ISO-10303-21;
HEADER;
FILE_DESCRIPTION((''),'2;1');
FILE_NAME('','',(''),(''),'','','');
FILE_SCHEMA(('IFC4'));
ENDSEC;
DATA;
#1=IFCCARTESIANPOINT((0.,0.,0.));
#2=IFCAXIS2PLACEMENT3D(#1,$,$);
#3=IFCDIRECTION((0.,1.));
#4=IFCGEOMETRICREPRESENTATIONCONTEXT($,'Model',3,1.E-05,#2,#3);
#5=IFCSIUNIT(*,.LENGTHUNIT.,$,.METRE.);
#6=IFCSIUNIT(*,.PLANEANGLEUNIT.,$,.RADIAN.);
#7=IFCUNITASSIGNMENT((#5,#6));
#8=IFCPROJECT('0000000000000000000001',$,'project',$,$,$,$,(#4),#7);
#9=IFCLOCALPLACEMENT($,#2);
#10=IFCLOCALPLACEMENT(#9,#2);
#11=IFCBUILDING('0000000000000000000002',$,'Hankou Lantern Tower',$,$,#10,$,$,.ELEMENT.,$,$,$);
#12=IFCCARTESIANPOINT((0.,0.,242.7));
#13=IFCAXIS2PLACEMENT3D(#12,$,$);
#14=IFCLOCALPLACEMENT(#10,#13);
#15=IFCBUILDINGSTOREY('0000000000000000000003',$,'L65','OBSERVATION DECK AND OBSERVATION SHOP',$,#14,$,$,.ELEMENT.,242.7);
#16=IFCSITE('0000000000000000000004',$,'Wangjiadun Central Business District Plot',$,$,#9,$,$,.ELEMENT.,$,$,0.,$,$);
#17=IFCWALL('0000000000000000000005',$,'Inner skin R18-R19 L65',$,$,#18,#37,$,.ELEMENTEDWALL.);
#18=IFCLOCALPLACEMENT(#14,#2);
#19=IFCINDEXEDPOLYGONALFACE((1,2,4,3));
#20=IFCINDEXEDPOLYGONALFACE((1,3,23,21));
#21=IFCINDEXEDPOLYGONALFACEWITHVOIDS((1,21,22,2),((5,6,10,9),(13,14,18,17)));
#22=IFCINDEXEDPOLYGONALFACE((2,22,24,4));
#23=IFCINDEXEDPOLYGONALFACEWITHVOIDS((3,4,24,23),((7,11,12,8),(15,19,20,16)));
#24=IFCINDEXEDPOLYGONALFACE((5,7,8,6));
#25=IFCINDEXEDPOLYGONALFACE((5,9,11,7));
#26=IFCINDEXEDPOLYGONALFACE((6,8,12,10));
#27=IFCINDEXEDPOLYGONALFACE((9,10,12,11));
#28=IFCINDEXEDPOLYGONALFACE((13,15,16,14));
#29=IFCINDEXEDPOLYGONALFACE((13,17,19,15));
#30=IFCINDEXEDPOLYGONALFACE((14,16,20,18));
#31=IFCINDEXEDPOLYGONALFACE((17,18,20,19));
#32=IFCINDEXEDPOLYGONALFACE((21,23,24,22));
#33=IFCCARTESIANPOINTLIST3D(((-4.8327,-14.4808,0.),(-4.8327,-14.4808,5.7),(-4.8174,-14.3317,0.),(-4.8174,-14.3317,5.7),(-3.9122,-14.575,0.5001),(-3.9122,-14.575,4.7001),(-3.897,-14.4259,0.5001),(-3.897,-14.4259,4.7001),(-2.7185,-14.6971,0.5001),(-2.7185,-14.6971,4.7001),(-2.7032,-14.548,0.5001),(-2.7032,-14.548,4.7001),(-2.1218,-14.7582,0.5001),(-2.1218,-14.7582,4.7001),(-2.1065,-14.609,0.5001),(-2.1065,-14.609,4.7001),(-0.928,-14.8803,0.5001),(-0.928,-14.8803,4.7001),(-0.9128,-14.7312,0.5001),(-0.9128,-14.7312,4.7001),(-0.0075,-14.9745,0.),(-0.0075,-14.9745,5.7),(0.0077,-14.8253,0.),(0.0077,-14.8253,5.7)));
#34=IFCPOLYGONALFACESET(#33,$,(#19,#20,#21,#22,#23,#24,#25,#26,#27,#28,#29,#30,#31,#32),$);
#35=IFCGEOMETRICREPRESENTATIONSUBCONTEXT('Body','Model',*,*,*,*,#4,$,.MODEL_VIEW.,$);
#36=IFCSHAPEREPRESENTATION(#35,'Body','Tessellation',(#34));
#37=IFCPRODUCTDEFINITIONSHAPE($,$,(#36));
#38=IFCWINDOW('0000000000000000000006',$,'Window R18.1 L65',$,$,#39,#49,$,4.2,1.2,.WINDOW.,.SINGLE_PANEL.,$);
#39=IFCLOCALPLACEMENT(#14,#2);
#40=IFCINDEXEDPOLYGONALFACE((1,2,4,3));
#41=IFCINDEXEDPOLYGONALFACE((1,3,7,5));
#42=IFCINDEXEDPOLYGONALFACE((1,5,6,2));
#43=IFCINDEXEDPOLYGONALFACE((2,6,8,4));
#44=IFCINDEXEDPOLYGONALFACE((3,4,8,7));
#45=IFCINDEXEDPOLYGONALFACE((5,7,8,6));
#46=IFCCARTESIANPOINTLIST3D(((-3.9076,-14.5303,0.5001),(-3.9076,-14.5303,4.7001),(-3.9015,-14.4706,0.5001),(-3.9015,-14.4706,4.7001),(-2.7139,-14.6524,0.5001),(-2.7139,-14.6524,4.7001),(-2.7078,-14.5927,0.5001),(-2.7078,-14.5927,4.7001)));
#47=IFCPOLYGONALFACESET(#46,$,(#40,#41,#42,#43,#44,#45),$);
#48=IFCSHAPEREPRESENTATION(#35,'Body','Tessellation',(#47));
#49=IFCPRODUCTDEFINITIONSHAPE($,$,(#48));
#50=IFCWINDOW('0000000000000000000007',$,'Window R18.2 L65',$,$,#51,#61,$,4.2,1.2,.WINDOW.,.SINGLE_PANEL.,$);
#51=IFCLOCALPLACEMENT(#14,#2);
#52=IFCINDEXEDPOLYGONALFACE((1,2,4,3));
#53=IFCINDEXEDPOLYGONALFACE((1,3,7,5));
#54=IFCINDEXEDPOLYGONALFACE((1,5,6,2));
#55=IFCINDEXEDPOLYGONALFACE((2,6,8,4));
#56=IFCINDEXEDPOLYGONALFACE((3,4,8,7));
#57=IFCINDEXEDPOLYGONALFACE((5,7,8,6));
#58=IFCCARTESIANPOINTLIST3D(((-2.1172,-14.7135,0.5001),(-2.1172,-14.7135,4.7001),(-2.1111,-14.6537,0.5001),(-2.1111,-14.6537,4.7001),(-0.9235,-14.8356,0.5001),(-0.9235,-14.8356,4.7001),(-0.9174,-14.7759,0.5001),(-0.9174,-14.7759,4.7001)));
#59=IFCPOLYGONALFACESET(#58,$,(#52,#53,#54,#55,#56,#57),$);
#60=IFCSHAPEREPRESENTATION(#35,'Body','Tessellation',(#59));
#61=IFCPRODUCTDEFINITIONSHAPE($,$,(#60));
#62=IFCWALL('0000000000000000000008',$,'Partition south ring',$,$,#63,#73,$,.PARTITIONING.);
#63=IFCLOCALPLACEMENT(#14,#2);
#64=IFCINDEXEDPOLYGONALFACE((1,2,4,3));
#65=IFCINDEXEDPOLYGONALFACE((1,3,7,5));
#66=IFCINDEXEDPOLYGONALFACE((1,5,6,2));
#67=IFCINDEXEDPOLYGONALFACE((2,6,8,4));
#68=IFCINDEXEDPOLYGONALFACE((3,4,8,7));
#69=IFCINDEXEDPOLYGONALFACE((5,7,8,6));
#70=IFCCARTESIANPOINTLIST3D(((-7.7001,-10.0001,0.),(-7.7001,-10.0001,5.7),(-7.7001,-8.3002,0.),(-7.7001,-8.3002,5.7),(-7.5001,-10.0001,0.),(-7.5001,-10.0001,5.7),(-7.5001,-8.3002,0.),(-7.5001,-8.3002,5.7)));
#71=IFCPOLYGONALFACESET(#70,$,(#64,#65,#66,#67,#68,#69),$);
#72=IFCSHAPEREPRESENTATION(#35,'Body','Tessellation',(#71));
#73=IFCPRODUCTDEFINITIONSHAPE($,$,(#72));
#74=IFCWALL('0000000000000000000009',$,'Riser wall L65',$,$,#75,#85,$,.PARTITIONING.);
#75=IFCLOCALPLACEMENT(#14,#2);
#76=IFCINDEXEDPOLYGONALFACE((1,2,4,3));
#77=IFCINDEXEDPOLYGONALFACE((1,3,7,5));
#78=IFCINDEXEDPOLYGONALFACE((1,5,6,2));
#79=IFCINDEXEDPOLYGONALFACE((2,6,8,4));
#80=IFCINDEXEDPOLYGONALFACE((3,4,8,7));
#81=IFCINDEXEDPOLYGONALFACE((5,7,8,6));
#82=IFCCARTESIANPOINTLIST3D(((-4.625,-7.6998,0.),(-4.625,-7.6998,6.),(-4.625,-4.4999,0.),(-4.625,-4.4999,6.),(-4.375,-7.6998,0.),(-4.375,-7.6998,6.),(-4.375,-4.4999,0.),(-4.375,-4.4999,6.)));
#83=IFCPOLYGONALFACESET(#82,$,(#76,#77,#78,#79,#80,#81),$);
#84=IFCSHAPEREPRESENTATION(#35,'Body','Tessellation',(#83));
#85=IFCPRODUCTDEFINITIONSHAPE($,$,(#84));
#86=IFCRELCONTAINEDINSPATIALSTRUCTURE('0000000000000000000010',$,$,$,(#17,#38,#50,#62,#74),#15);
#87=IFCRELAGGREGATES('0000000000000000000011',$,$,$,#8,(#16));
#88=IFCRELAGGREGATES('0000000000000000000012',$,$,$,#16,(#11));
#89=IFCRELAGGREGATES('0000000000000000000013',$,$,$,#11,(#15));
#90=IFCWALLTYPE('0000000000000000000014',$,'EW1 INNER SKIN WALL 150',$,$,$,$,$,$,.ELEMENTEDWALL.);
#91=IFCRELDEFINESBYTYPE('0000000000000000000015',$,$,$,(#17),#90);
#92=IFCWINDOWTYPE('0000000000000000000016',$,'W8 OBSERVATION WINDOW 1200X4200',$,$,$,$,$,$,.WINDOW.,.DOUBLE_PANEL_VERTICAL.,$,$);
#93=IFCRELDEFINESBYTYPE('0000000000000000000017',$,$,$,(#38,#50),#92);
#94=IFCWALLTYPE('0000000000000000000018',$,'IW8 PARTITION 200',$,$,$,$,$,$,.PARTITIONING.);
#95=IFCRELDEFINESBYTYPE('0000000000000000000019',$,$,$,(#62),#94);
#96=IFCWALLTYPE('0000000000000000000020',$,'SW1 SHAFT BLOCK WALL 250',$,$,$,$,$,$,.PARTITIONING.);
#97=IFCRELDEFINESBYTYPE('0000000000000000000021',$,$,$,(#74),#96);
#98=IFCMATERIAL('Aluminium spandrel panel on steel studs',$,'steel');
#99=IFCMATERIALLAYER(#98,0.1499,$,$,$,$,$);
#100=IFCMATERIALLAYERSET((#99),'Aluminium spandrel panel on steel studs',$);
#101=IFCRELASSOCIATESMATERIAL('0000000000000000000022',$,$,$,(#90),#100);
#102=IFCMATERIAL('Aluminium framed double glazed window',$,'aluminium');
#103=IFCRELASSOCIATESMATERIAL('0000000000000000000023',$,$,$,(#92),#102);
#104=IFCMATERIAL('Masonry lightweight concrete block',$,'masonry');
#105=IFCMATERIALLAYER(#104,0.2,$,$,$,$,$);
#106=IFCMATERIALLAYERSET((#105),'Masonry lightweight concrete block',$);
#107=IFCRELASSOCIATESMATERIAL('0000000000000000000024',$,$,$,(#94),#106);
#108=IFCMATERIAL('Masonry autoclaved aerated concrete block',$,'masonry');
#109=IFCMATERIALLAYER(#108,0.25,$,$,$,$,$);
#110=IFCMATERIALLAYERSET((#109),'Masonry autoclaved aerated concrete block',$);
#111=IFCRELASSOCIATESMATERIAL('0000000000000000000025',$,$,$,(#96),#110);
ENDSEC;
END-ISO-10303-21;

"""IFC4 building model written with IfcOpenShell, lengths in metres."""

from ifc_helpers import new_model, si_unit, direction, frame, frame_2d, origin, place, context, subcontext, project, spatial, rectangle, extrude, material, layer, layer_set, type_object, element, fill, save


model = new_model("IFC4")

# Units and contexts
model_context = context("Model", 3, precision=1e-05, world=origin(), true_north=direction((0.0, 1.0)))
body_context = subcontext(model_context, "Body", "Model", "MODEL_VIEW")
ifc_project = project(units=[si_unit("LENGTHUNIT", "METRE"), si_unit("PLANEANGLEUNIT", "RADIAN")], contexts=[model_context])

# Site, building, storey
site_placement = place(None, origin())
site = spatial("IfcSite", under=ifc_project, at=site_placement, Name="Wangjiadun Central Business District Plot", CompositionType="ELEMENT", RefElevation=0.0)
building_placement = place(site_placement, origin())
building = spatial("IfcBuilding", under=site, at=building_placement, Name="Hankou Lantern Tower", CompositionType="ELEMENT")
storey_placement = place(building_placement, frame((0.0, 0.0, 242.7)))
storey = spatial("IfcBuildingStorey", under=building, at=storey_placement, Name="L65", Description="OBSERVATION DECK AND OBSERVATION SHOP", CompositionType="ELEMENT", Elevation=242.7)

# Wall, openings, windows
ifc_material_1 = material(Name="Aluminium spandrel panel on steel studs", Category="steel")
ifc_layer_1 = layer(ifc_material_1, 0.1499)
ifc_layer_set_1 = layer_set([ifc_layer_1], Name="Aluminium spandrel panel on steel studs")
wall_type_1 = type_object("IfcWallType", Name="EW1 INNER SKIN WALL 150", PredefinedType="ELEMENTEDWALL", material=ifc_layer_set_1)
ifc_material_2 = material(Name="Aluminium framed double glazed window", Category="aluminium")
window_type = type_object("IfcWindowType", Name="W8 OBSERVATION WINDOW 1200X4200", PartitioningType="DOUBLE_PANEL_VERTICAL", PredefinedType="WINDOW", material=ifc_material_2)
wall_1_placement = place(storey_placement, frame((-4.8252, -14.4062, 0.0), z_axis=(0.0, 0.0, 1.0), x_axis=(0.994807, -0.101776, 0.0)))
wall_1 = element("IfcWall", 1, at=wall_1_placement, inside=storey, type_object=wall_type_1, Name="Inner skin R18-R19 L65", PredefinedType="ELEMENTEDWALL", context=body_context, shape_type="SweptSolid", body=[
    extrude(rectangle(XDim=4.8503, YDim=0.1499, at=frame_2d((2.4253, 0.0))), origin(), (0.0, 0.0, 1.0), 5.7),
])
opening_1_placement = place(wall_1_placement, frame((0.9253, 0.0, 0.5)))
opening_1 = element("IfcOpeningElement", 2, at=opening_1_placement, cuts=wall_1, PredefinedType="OPENING", context=body_context, shape_type="SweptSolid", body=[
    extrude(rectangle(XDim=1.2, YDim=4.2, at=frame_2d((0.6001, 2.1001))), frame((0.0, 0.085, 0.0), z_axis=(0.0, -1.0, 0.0), x_axis=(1.0, 0.0, 0.0)), (0.0, 0.0, 1.0), 0.1699),
])
opening_2_placement = place(wall_1_placement, frame((2.7251, 0.0, 0.5)))
opening_2 = element("IfcOpeningElement", 3, at=opening_2_placement, cuts=wall_1, PredefinedType="OPENING", context=body_context, shape_type="SweptSolid", body=[
    extrude(rectangle(XDim=1.2, YDim=4.2, at=frame_2d((0.6001, 2.1001))), frame((0.0, 0.085, 0.0), z_axis=(0.0, -1.0, 0.0), x_axis=(1.0, 0.0, 0.0)), (0.0, 0.0, 1.0), 0.1699),
])
window_1_placement = place(opening_1_placement, origin())
window_1 = element("IfcWindow", 4, at=window_1_placement, inside=storey, type_object=window_type, Name="Window R18.1 L65", OverallHeight=4.2, OverallWidth=1.2, PartitioningType="SINGLE_PANEL", PredefinedType="WINDOW", context=body_context, shape_type="SweptSolid", body=[
    extrude(rectangle(XDim=1.2, YDim=4.2, at=frame_2d((0.6001, 2.1001))), frame((0.0, 0.03, 0.0), z_axis=(0.0, -1.0, 0.0), x_axis=(1.0, 0.0, 0.0)), (0.0, 0.0, 1.0), 0.0601),
])
fill(opening_1, window_1)
window_2_placement = place(opening_2_placement, origin())
window_2 = element("IfcWindow", 5, at=window_2_placement, inside=storey, type_object=window_type, Name="Window R18.2 L65", OverallHeight=4.2, OverallWidth=1.2, PartitioningType="SINGLE_PANEL", PredefinedType="WINDOW", context=body_context, shape_type="SweptSolid", body=[
    extrude(rectangle(XDim=1.2, YDim=4.2, at=frame_2d((0.6001, 2.1001))), frame((0.0, 0.03, 0.0), z_axis=(0.0, -1.0, 0.0), x_axis=(1.0, 0.0, 0.0)), (0.0, 0.0, 1.0), 0.0601),
])
fill(opening_2, window_2)

# Walls
ifc_material_3 = material(Name="Masonry lightweight concrete block", Category="masonry")
ifc_layer_2 = layer(ifc_material_3, 0.2)
ifc_layer_set_2 = layer_set([ifc_layer_2], Name="Masonry lightweight concrete block")
wall_type_2 = type_object("IfcWallType", Name="IW8 PARTITION 200", PredefinedType="PARTITIONING", material=ifc_layer_set_2)
wall_2_placement = place(storey_placement, frame((-7.6001, -8.3, 0.0), z_axis=(0.0, 0.0, 1.0), x_axis=(0.0, -1.0, 0.0)))
element("IfcWall", 6, at=wall_2_placement, inside=storey, type_object=wall_type_2, Name="Partition south ring", PredefinedType="PARTITIONING", context=body_context, shape_type="SweptSolid", body=[
    extrude(rectangle(XDim=1.7, YDim=0.2, at=frame_2d((0.8501, 0.0))), origin(), (0.0, 0.0, 1.0), 5.7),
])
ifc_material_4 = material(Name="Masonry autoclaved aerated concrete block", Category="masonry")
ifc_layer_3 = layer(ifc_material_4, 0.25)
ifc_layer_set_3 = layer_set([ifc_layer_3], Name="Masonry autoclaved aerated concrete block")
wall_type_3 = type_object("IfcWallType", Name="SW1 SHAFT BLOCK WALL 250", PredefinedType="PARTITIONING", material=ifc_layer_set_3)
wall_3_placement = place(storey_placement, frame((-4.5, -7.7, 0.0), z_axis=(0.0, 0.0, 1.0), x_axis=(0.0, 1.0, 0.0)))
element("IfcWall", 7, at=wall_3_placement, inside=storey, type_object=wall_type_3, Name="Riser wall L65", PredefinedType="PARTITIONING", context=body_context, shape_type="SweptSolid", body=[
    extrude(rectangle(XDim=3.2, YDim=0.25, at=frame_2d((1.6001, 0.0))), origin(), (0.0, 0.0, 1.0), 6.0),
])

save(model, "model.ifc")
